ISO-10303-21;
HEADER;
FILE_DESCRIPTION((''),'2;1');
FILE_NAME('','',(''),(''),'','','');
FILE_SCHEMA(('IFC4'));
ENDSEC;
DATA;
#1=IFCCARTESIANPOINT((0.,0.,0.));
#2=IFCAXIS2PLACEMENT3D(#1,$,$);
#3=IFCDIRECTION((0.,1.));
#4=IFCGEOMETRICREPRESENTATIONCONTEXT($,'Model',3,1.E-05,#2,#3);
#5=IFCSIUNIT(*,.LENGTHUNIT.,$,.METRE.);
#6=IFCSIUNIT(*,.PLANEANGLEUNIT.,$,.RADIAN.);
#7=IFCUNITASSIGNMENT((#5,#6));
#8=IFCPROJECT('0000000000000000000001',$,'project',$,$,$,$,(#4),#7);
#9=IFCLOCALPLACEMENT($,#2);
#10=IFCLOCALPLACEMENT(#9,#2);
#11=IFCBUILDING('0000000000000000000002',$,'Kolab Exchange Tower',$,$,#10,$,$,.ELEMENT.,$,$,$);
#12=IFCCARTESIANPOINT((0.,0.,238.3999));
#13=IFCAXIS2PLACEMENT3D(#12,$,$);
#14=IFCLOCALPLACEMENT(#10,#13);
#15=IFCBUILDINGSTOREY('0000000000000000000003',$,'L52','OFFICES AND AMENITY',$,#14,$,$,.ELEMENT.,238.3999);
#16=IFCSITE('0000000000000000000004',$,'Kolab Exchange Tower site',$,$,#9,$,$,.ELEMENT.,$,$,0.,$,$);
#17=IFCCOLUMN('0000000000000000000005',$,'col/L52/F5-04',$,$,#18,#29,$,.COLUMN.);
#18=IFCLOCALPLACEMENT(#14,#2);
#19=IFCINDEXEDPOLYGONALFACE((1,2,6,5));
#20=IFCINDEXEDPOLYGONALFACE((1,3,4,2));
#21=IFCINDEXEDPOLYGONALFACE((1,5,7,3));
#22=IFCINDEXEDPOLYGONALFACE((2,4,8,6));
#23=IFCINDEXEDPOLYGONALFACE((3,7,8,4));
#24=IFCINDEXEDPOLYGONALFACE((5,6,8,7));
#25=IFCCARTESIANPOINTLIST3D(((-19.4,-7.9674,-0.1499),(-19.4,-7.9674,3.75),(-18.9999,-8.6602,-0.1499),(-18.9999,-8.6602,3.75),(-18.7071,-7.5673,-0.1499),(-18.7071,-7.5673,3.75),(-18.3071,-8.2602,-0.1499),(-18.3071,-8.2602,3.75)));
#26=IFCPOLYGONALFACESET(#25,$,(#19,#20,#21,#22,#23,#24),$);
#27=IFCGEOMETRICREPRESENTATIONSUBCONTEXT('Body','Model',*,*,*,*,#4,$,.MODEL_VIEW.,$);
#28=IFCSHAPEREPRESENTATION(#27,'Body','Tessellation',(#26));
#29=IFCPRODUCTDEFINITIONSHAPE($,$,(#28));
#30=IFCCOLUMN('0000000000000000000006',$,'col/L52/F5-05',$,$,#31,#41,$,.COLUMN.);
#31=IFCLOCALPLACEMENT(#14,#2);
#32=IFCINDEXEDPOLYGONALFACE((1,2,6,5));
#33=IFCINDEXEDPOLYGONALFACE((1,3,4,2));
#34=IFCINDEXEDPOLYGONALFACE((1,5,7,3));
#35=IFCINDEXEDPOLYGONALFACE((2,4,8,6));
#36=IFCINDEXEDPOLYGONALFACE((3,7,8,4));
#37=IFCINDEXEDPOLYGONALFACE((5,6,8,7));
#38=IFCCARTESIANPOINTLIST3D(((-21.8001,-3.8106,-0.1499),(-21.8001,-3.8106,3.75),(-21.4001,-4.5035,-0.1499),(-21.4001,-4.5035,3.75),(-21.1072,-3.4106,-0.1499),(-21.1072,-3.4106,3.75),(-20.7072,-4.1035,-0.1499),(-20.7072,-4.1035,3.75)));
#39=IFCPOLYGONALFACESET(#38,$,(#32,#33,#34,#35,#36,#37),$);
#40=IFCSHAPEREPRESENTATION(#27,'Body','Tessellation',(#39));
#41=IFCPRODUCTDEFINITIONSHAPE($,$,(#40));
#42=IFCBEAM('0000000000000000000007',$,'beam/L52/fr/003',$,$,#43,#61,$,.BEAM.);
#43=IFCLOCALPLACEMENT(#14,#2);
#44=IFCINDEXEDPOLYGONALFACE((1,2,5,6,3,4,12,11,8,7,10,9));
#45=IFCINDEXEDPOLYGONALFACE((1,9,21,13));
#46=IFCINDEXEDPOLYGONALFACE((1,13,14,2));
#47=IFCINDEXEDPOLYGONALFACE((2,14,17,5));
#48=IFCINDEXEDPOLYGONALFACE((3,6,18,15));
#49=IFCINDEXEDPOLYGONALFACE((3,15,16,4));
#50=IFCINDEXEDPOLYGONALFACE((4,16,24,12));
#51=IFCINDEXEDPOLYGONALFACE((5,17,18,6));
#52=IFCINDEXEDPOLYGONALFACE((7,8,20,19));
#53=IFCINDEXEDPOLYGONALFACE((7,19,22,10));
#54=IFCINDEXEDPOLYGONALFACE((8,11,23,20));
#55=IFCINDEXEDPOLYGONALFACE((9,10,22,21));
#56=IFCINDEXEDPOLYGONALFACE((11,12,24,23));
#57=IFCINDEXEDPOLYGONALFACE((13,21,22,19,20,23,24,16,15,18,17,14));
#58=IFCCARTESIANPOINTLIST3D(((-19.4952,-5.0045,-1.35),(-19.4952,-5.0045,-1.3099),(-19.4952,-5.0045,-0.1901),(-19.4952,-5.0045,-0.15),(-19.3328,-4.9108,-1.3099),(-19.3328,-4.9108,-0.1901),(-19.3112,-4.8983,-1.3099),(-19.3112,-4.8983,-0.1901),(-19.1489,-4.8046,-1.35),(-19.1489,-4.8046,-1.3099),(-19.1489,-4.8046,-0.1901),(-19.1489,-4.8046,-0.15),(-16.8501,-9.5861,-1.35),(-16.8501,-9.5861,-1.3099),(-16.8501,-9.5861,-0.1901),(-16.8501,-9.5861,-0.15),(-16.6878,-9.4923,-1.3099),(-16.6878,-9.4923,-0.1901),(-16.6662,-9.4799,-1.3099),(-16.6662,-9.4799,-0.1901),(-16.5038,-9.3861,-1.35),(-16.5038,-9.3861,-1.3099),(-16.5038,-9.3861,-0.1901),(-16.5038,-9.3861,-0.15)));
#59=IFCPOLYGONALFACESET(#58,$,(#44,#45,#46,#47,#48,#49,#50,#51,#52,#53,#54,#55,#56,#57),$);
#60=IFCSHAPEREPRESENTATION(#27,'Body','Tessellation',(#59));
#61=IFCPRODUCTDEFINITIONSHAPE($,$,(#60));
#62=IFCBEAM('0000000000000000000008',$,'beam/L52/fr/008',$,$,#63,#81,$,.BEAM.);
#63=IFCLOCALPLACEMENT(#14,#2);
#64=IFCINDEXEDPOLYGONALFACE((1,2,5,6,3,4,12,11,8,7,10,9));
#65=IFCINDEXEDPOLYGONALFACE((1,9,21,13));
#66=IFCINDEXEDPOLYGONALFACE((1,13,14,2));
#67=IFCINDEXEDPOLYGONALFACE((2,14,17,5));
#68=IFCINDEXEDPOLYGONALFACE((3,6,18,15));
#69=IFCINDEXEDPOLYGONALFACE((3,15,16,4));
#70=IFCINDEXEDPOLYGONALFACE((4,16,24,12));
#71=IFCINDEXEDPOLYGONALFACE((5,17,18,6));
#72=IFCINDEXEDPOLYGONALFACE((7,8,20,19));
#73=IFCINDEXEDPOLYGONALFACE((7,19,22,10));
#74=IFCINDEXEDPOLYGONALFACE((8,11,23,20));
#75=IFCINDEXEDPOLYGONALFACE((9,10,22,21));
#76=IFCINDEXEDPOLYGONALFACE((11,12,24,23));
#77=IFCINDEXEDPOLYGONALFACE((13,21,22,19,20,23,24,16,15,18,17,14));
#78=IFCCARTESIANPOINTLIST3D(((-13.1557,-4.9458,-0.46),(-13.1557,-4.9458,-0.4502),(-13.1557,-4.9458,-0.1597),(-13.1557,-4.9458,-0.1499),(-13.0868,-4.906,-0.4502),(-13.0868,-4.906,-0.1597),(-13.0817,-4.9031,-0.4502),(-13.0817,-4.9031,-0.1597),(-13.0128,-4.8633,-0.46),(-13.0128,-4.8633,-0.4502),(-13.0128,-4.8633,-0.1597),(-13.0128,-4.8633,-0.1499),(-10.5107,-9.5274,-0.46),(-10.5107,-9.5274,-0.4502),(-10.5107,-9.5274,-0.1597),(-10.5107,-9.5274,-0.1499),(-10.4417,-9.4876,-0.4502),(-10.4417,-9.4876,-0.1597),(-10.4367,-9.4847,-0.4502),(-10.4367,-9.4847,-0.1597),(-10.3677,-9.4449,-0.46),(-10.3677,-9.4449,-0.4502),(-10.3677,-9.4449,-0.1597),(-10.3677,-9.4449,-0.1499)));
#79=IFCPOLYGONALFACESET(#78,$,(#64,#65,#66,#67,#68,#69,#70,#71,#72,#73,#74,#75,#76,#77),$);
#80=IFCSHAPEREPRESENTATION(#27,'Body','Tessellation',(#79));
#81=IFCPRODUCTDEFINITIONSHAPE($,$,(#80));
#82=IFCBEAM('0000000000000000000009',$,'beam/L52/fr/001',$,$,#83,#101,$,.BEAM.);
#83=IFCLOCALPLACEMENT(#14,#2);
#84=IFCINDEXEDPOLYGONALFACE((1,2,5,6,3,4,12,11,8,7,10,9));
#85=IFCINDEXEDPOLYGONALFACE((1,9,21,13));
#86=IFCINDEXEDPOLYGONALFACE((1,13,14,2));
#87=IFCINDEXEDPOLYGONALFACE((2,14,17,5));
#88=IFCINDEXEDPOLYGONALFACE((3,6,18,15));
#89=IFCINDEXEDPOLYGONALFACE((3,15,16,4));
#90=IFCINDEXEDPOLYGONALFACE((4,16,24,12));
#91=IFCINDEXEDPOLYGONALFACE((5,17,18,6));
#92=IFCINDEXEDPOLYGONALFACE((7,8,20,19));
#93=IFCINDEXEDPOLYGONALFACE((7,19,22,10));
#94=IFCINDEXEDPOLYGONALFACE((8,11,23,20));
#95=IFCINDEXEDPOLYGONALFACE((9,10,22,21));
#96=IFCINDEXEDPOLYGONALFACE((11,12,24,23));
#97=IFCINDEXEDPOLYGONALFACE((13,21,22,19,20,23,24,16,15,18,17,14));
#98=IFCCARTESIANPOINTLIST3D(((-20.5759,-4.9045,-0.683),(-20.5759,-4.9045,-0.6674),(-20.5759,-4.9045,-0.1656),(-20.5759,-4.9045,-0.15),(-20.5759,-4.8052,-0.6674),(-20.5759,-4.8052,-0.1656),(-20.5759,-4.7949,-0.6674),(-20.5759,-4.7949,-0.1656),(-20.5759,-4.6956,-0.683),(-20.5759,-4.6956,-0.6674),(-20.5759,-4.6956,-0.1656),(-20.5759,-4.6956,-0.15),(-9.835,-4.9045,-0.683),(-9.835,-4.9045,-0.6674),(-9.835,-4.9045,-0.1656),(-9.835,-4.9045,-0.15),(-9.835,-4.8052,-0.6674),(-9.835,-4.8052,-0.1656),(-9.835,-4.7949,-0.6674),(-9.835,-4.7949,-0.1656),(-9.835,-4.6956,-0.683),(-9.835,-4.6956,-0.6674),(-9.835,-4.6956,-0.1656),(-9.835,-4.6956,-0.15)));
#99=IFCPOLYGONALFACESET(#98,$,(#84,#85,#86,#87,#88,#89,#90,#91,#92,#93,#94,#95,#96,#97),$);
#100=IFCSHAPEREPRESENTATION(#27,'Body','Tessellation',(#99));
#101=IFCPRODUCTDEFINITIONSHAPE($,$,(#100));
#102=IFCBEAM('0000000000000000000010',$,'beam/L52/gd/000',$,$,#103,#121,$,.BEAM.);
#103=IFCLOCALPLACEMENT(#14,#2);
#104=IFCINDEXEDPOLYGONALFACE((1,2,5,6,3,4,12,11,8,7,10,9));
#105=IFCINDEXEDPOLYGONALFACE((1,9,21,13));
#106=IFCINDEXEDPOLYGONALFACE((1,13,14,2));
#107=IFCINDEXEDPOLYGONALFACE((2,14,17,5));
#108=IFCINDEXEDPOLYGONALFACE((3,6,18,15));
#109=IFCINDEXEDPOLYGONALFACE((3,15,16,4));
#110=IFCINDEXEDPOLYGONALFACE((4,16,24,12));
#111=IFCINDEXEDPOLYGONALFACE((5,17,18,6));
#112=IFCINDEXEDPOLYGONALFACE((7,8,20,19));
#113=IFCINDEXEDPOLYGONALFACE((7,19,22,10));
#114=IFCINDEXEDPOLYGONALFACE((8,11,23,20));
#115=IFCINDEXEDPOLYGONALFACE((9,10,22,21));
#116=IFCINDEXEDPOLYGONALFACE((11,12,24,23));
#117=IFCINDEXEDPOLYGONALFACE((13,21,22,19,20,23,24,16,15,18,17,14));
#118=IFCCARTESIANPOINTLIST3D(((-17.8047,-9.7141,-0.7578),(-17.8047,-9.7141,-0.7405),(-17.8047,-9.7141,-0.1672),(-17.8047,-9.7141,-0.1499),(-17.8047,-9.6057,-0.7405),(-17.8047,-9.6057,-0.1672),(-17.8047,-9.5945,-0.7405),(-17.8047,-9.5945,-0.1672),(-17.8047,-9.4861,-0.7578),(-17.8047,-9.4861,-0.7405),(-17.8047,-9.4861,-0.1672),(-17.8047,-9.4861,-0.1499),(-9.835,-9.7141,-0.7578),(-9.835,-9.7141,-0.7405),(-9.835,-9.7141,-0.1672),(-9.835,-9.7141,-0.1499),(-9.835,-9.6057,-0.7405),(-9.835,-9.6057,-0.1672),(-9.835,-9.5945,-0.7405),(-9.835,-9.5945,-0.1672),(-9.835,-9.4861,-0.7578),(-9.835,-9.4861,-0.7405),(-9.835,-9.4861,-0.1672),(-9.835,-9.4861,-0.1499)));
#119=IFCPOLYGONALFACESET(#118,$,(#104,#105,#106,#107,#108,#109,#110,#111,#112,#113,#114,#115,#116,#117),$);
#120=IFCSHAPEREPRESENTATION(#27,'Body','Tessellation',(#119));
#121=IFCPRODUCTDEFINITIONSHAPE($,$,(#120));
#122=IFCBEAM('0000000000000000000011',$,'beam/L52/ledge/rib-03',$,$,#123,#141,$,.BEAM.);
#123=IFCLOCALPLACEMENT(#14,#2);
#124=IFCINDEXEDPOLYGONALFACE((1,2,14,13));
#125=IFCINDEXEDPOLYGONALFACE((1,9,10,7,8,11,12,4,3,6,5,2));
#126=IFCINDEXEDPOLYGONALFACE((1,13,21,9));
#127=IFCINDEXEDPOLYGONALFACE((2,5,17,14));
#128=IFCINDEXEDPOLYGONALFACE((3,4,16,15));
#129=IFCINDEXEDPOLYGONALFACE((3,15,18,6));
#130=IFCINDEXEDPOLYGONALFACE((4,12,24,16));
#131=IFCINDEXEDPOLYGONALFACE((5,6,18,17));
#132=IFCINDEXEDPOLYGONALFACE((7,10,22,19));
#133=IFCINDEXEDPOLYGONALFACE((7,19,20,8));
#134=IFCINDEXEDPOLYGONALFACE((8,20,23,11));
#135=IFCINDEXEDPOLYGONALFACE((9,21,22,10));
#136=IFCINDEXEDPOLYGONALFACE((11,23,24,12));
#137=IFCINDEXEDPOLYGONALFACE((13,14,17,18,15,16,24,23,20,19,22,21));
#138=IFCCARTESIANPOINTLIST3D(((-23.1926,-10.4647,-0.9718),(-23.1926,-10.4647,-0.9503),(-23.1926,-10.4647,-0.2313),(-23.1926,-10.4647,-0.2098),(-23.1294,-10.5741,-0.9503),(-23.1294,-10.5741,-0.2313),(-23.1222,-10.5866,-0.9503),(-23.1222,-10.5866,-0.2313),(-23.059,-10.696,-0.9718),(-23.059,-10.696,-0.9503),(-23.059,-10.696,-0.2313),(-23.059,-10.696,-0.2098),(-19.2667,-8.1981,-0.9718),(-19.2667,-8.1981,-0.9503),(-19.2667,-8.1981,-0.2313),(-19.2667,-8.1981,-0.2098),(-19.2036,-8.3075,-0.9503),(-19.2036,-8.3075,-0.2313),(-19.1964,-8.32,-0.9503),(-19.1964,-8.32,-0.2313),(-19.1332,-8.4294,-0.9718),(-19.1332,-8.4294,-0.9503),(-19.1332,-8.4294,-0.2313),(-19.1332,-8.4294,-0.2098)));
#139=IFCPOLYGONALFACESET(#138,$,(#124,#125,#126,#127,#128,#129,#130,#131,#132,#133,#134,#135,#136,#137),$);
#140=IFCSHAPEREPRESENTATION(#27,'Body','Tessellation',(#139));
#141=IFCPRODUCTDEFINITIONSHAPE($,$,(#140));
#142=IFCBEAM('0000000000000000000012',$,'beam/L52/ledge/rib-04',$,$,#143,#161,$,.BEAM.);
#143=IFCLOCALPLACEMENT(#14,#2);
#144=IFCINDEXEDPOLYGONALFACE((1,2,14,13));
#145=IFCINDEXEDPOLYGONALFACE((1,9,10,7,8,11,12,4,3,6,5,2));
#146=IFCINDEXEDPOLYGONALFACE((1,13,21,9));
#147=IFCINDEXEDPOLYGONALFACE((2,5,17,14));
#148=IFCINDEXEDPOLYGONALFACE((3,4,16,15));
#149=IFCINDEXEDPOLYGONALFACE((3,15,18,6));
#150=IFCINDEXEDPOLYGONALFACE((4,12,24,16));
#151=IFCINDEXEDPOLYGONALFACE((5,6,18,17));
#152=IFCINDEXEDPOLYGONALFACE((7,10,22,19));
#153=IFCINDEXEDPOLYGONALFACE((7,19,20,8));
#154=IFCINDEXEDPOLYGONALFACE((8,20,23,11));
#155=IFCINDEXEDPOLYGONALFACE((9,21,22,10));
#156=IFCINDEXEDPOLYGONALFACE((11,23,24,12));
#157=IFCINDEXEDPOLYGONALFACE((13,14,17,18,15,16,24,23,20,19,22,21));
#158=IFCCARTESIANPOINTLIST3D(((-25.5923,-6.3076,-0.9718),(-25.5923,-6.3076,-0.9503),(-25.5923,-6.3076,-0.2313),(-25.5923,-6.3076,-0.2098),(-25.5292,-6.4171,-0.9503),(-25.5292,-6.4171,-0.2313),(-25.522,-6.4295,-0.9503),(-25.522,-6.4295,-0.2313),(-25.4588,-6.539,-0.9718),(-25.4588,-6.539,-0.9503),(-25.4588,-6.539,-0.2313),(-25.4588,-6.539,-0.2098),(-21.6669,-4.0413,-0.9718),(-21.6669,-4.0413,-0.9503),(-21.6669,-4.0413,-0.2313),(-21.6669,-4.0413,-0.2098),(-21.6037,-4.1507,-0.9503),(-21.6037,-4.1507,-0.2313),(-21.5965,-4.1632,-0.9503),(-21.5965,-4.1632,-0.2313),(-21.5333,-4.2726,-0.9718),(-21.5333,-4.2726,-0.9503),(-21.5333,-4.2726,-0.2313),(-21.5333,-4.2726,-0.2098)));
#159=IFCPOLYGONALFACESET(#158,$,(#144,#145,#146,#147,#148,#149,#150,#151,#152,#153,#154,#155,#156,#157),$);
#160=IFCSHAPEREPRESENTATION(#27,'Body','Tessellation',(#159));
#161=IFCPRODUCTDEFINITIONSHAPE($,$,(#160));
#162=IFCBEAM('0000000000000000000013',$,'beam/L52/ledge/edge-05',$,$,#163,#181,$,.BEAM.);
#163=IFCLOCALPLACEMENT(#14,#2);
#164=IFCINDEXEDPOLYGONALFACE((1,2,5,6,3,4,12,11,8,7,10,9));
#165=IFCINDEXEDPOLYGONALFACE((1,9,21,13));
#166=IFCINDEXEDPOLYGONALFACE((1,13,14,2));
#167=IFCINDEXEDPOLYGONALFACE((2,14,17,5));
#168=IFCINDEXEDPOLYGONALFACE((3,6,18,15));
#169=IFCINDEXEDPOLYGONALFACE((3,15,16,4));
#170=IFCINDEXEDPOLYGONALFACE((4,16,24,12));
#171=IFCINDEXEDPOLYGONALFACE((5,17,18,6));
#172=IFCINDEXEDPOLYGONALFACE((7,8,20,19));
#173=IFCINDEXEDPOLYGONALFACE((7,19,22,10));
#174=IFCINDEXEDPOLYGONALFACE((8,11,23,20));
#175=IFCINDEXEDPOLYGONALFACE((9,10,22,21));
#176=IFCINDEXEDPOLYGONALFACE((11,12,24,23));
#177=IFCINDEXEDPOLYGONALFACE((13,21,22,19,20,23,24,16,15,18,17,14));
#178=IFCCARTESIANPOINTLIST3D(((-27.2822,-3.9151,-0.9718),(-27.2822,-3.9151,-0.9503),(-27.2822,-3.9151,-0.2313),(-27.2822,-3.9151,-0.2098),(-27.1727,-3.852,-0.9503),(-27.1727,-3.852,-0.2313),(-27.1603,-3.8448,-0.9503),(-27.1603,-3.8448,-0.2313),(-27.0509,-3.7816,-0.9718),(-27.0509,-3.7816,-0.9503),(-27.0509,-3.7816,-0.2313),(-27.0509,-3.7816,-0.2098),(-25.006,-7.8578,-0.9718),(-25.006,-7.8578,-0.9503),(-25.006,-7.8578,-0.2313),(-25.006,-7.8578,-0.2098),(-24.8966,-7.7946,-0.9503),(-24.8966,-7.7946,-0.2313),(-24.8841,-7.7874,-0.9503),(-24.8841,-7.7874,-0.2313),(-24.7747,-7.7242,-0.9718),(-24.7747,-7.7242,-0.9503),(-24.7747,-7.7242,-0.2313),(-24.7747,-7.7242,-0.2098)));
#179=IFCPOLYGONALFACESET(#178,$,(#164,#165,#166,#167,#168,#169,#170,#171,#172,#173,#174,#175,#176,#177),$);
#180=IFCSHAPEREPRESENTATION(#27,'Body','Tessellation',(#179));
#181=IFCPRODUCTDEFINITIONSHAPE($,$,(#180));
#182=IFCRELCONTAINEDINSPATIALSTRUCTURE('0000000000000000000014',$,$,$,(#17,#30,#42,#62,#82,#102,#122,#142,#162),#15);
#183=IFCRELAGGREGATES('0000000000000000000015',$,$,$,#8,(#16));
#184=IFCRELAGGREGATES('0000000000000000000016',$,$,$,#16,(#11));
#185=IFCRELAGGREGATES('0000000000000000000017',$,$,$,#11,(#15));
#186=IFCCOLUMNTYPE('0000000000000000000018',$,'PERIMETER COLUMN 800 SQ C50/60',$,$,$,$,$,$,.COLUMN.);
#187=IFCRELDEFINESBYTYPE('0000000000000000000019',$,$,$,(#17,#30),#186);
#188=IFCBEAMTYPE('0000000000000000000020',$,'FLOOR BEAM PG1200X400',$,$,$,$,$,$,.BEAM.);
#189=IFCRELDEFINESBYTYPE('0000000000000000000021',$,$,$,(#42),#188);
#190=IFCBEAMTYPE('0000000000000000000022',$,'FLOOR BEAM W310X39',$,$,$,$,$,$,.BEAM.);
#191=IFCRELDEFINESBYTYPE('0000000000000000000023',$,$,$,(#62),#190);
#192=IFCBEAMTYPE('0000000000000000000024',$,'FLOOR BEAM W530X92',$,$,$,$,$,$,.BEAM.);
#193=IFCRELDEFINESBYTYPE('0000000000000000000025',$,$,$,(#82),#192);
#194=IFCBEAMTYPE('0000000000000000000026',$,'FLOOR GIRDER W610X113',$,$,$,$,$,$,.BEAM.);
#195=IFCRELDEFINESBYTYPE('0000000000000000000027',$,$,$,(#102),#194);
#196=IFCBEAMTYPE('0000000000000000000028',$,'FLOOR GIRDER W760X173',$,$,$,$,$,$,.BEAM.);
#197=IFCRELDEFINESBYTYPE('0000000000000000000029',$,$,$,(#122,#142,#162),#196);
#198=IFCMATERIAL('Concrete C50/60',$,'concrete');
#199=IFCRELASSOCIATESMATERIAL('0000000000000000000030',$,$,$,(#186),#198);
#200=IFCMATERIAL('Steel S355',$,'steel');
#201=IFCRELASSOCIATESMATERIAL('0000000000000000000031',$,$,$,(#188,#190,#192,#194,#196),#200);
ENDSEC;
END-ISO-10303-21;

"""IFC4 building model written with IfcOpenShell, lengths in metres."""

from ifc_helpers import new_model, si_unit, direction, frame, origin, origin_2d, place, context, subcontext, project, spatial, rectangle, i_section, extrude, material, material_profile, profile_set, type_object, element, save


model = new_model("IFC4")

# Units and contexts
model_context = context("Model", 3, precision=1e-05, world=origin(), true_north=direction((0.0, 1.0)))
body_context = subcontext(model_context, "Body", "Model", "MODEL_VIEW")
ifc_project = project(units=[si_unit("LENGTHUNIT", "METRE"), si_unit("PLANEANGLEUNIT", "RADIAN")], contexts=[model_context])

# Site, building, storey
site_placement = place(None, origin())
site = spatial("IfcSite", under=ifc_project, at=site_placement, Name="Kolab Exchange Tower site", CompositionType="ELEMENT", RefElevation=0.0)
building_placement = place(site_placement, origin())
building = spatial("IfcBuilding", under=site, at=building_placement, Name="Kolab Exchange Tower", CompositionType="ELEMENT")
storey_placement = place(building_placement, frame((0.0, 0.0, 238.3999)))
storey = spatial("IfcBuildingStorey", under=building, at=storey_placement, Name="L52", Description="OFFICES AND AMENITY", CompositionType="ELEMENT", Elevation=238.3999)

# Columns
ifc_material_1 = material(Name="Concrete C50/60", Category="concrete")
ifc_material_profile_1 = material_profile(ifc_material_1, rectangle(XDim=0.8, YDim=0.8, at=origin_2d()), Name="RC800")
ifc_profile_set_1 = profile_set([ifc_material_profile_1], Name="Concrete C50/60")
column_type = type_object("IfcColumnType", Name="PERIMETER COLUMN 800 SQ C50/60", PredefinedType="COLUMN", material=ifc_profile_set_1)
for number, where, z_axis, x_axis, name in (
    (1, (-18.8535, -8.1138, -0.1499), (0.0, 0.0, 1.0), (0.866025, 0.5, 0.0), "col/L52/F5-04"),
    (2, (-21.2537, -3.957, -0.1499), (0.0, 0.0, 1.0), (0.866025, 0.5, 0.0), "col/L52/F5-05"),
):
    element("IfcColumn", number, at=place(storey_placement, frame(where, z_axis=z_axis, x_axis=x_axis)), inside=storey, type_object=column_type, Name=name, PredefinedType="COLUMN", context=body_context, shape_type="SweptSolid", body=[
        extrude(rectangle(XDim=0.8, YDim=0.8, at=origin_2d()), origin(), (0.0, 0.0, 1.0), 3.8999),
    ])

# Beams
ifc_material_2 = material(Name="Steel S355", Category="steel")
ifc_material_profile_2 = material_profile(ifc_material_2, i_section(OverallWidth=0.3999, OverallDepth=1.2, WebThickness=0.0249, FlangeThickness=0.04, at=origin_2d()), Name="PG1200X400")
ifc_profile_set_2 = profile_set([ifc_material_profile_2], Name="Steel S355")
beam_type_1 = type_object("IfcBeamType", Name="FLOOR BEAM PG1200X400", PredefinedType="BEAM", material=ifc_profile_set_2)
beam_1_placement = place(storey_placement, frame((-19.322, -4.9045, -0.75), z_axis=(0.499981, -0.866036, 0.0), x_axis=(0.866036, 0.499981, 0.0)))
element("IfcBeam", 3, at=beam_1_placement, inside=storey, type_object=beam_type_1, Name="beam/L52/fr/003", PredefinedType="BEAM", context=body_context, shape_type="SweptSolid", body=[
    extrude(i_section(OverallWidth=0.3999, OverallDepth=1.2, WebThickness=0.0249, FlangeThickness=0.04, at=origin_2d()), origin(), (0.0, 0.0, 1.0), 5.2903),
])
ifc_material_profile_3 = material_profile(ifc_material_2, i_section(OverallWidth=0.165, OverallDepth=0.3101, WebThickness=0.0059, FlangeThickness=0.0098, at=origin_2d()), Name="W310X39")
ifc_profile_set_3 = profile_set([ifc_material_profile_3], Name="Steel S355")
beam_type_2 = type_object("IfcBeamType", Name="FLOOR BEAM W310X39", PredefinedType="BEAM", material=ifc_profile_set_3)
beam_2_placement = place(storey_placement, frame((-13.0842, -4.9045, -0.3049), z_axis=(0.499981, -0.866036, 0.0), x_axis=(0.866036, 0.499981, 0.0)))
element("IfcBeam", 4, at=beam_2_placement, inside=storey, type_object=beam_type_2, Name="beam/L52/fr/008", PredefinedType="BEAM", context=body_context, shape_type="SweptSolid", body=[
    extrude(i_section(OverallWidth=0.165, OverallDepth=0.3101, WebThickness=0.0059, FlangeThickness=0.0098, at=origin_2d()), origin(), (0.0, 0.0, 1.0), 5.2903),
])
ifc_material_profile_4 = material_profile(ifc_material_2, i_section(OverallWidth=0.209, OverallDepth=0.533, WebThickness=0.0103, FlangeThickness=0.0156, at=origin_2d()), Name="W530X92")
ifc_profile_set_4 = profile_set([ifc_material_profile_4], Name="Steel S355")
beam_type_3 = type_object("IfcBeamType", Name="FLOOR BEAM W530X92", PredefinedType="BEAM", material=ifc_profile_set_4)
beam_3_placement = place(storey_placement, frame((-20.5759, -4.8, -0.4165), z_axis=(1.0, 0.0, 0.0), x_axis=(0.0, 1.0, 0.0)))
element("IfcBeam", 5, at=beam_3_placement, inside=storey, type_object=beam_type_3, Name="beam/L52/fr/001", PredefinedType="BEAM", context=body_context, shape_type="SweptSolid", body=[
    extrude(i_section(OverallWidth=0.209, OverallDepth=0.533, WebThickness=0.0103, FlangeThickness=0.0156, at=origin_2d()), origin(), (0.0, 0.0, 1.0), 10.741),
])
ifc_material_profile_5 = material_profile(ifc_material_2, i_section(OverallWidth=0.228, OverallDepth=0.6079, WebThickness=0.0112, FlangeThickness=0.0173, at=origin_2d()), Name="W610X113")
ifc_profile_set_5 = profile_set([ifc_material_profile_5], Name="Steel S355")
beam_type_4 = type_object("IfcBeamType", Name="FLOOR GIRDER W610X113", PredefinedType="BEAM", material=ifc_profile_set_5)
beam_4_placement = place(storey_placement, frame((-17.8047, -9.6001, -0.4539), z_axis=(1.0, 0.0, 0.0), x_axis=(0.0, 1.0, 0.0)))
element("IfcBeam", 6, at=beam_4_placement, inside=storey, type_object=beam_type_4, Name="beam/L52/gd/000", PredefinedType="BEAM", context=body_context, shape_type="SweptSolid", body=[
    extrude(i_section(OverallWidth=0.228, OverallDepth=0.6079, WebThickness=0.0112, FlangeThickness=0.0173, at=origin_2d()), origin(), (0.0, 0.0, 1.0), 7.9697),
])
ifc_material_profile_6 = material_profile(ifc_material_2, i_section(OverallWidth=0.2671, OverallDepth=0.762, WebThickness=0.0144, FlangeThickness=0.0215, at=origin_2d()), Name="W760X173")
ifc_profile_set_6 = profile_set([ifc_material_profile_6], Name="Steel S355")
beam_type_5 = type_object("IfcBeamType", Name="FLOOR GIRDER W760X173", PredefinedType="BEAM", material=ifc_profile_set_6)
beam_5_placement = place(storey_placement, frame((-19.2, -8.3137, -0.5908), z_axis=(-0.866021, -0.500008, 0.0), x_axis=(0.500008, -0.866021, 0.0)))
element("IfcBeam", 7, at=beam_5_placement, inside=storey, type_object=beam_type_5, Name="beam/L52/ledge/rib-03", PredefinedType="BEAM", context=body_context, shape_type="SweptSolid", body=[
    extrude(i_section(OverallWidth=0.2671, OverallDepth=0.762, WebThickness=0.0144, FlangeThickness=0.0215, at=origin_2d()), origin(), (0.0, 0.0, 1.0), 4.5332),
])
beam_6_placement = place(storey_placement, frame((-21.6001, -4.157, -0.5908), z_axis=(-0.86603, -0.499991, 0.0), x_axis=(0.499991, -0.86603, 0.0)))
element("IfcBeam", 8, at=beam_6_placement, inside=storey, type_object=beam_type_5, Name="beam/L52/ledge/rib-04", PredefinedType="BEAM", context=body_context, shape_type="SweptSolid", body=[
    extrude(i_section(OverallWidth=0.2671, OverallDepth=0.762, WebThickness=0.0144, FlangeThickness=0.0215, at=origin_2d()), origin(), (0.0, 0.0, 1.0), 4.5327),
])
beam_7_placement = place(storey_placement, frame((-24.8904, -7.791, -0.5908), z_axis=(-0.499975, 0.86604, 0.0), x_axis=(-0.86604, -0.499975, 0.0)))
element("IfcBeam", 9, at=beam_7_placement, inside=storey, type_object=beam_type_5, Name="beam/L52/ledge/edge-05", PredefinedType="BEAM", context=body_context, shape_type="SweptSolid", body=[
    extrude(i_section(OverallWidth=0.2671, OverallDepth=0.762, WebThickness=0.0144, FlangeThickness=0.0215, at=origin_2d()), origin(), (0.0, 0.0, 1.0), 4.5525),
])

save(model, "model.ifc")
